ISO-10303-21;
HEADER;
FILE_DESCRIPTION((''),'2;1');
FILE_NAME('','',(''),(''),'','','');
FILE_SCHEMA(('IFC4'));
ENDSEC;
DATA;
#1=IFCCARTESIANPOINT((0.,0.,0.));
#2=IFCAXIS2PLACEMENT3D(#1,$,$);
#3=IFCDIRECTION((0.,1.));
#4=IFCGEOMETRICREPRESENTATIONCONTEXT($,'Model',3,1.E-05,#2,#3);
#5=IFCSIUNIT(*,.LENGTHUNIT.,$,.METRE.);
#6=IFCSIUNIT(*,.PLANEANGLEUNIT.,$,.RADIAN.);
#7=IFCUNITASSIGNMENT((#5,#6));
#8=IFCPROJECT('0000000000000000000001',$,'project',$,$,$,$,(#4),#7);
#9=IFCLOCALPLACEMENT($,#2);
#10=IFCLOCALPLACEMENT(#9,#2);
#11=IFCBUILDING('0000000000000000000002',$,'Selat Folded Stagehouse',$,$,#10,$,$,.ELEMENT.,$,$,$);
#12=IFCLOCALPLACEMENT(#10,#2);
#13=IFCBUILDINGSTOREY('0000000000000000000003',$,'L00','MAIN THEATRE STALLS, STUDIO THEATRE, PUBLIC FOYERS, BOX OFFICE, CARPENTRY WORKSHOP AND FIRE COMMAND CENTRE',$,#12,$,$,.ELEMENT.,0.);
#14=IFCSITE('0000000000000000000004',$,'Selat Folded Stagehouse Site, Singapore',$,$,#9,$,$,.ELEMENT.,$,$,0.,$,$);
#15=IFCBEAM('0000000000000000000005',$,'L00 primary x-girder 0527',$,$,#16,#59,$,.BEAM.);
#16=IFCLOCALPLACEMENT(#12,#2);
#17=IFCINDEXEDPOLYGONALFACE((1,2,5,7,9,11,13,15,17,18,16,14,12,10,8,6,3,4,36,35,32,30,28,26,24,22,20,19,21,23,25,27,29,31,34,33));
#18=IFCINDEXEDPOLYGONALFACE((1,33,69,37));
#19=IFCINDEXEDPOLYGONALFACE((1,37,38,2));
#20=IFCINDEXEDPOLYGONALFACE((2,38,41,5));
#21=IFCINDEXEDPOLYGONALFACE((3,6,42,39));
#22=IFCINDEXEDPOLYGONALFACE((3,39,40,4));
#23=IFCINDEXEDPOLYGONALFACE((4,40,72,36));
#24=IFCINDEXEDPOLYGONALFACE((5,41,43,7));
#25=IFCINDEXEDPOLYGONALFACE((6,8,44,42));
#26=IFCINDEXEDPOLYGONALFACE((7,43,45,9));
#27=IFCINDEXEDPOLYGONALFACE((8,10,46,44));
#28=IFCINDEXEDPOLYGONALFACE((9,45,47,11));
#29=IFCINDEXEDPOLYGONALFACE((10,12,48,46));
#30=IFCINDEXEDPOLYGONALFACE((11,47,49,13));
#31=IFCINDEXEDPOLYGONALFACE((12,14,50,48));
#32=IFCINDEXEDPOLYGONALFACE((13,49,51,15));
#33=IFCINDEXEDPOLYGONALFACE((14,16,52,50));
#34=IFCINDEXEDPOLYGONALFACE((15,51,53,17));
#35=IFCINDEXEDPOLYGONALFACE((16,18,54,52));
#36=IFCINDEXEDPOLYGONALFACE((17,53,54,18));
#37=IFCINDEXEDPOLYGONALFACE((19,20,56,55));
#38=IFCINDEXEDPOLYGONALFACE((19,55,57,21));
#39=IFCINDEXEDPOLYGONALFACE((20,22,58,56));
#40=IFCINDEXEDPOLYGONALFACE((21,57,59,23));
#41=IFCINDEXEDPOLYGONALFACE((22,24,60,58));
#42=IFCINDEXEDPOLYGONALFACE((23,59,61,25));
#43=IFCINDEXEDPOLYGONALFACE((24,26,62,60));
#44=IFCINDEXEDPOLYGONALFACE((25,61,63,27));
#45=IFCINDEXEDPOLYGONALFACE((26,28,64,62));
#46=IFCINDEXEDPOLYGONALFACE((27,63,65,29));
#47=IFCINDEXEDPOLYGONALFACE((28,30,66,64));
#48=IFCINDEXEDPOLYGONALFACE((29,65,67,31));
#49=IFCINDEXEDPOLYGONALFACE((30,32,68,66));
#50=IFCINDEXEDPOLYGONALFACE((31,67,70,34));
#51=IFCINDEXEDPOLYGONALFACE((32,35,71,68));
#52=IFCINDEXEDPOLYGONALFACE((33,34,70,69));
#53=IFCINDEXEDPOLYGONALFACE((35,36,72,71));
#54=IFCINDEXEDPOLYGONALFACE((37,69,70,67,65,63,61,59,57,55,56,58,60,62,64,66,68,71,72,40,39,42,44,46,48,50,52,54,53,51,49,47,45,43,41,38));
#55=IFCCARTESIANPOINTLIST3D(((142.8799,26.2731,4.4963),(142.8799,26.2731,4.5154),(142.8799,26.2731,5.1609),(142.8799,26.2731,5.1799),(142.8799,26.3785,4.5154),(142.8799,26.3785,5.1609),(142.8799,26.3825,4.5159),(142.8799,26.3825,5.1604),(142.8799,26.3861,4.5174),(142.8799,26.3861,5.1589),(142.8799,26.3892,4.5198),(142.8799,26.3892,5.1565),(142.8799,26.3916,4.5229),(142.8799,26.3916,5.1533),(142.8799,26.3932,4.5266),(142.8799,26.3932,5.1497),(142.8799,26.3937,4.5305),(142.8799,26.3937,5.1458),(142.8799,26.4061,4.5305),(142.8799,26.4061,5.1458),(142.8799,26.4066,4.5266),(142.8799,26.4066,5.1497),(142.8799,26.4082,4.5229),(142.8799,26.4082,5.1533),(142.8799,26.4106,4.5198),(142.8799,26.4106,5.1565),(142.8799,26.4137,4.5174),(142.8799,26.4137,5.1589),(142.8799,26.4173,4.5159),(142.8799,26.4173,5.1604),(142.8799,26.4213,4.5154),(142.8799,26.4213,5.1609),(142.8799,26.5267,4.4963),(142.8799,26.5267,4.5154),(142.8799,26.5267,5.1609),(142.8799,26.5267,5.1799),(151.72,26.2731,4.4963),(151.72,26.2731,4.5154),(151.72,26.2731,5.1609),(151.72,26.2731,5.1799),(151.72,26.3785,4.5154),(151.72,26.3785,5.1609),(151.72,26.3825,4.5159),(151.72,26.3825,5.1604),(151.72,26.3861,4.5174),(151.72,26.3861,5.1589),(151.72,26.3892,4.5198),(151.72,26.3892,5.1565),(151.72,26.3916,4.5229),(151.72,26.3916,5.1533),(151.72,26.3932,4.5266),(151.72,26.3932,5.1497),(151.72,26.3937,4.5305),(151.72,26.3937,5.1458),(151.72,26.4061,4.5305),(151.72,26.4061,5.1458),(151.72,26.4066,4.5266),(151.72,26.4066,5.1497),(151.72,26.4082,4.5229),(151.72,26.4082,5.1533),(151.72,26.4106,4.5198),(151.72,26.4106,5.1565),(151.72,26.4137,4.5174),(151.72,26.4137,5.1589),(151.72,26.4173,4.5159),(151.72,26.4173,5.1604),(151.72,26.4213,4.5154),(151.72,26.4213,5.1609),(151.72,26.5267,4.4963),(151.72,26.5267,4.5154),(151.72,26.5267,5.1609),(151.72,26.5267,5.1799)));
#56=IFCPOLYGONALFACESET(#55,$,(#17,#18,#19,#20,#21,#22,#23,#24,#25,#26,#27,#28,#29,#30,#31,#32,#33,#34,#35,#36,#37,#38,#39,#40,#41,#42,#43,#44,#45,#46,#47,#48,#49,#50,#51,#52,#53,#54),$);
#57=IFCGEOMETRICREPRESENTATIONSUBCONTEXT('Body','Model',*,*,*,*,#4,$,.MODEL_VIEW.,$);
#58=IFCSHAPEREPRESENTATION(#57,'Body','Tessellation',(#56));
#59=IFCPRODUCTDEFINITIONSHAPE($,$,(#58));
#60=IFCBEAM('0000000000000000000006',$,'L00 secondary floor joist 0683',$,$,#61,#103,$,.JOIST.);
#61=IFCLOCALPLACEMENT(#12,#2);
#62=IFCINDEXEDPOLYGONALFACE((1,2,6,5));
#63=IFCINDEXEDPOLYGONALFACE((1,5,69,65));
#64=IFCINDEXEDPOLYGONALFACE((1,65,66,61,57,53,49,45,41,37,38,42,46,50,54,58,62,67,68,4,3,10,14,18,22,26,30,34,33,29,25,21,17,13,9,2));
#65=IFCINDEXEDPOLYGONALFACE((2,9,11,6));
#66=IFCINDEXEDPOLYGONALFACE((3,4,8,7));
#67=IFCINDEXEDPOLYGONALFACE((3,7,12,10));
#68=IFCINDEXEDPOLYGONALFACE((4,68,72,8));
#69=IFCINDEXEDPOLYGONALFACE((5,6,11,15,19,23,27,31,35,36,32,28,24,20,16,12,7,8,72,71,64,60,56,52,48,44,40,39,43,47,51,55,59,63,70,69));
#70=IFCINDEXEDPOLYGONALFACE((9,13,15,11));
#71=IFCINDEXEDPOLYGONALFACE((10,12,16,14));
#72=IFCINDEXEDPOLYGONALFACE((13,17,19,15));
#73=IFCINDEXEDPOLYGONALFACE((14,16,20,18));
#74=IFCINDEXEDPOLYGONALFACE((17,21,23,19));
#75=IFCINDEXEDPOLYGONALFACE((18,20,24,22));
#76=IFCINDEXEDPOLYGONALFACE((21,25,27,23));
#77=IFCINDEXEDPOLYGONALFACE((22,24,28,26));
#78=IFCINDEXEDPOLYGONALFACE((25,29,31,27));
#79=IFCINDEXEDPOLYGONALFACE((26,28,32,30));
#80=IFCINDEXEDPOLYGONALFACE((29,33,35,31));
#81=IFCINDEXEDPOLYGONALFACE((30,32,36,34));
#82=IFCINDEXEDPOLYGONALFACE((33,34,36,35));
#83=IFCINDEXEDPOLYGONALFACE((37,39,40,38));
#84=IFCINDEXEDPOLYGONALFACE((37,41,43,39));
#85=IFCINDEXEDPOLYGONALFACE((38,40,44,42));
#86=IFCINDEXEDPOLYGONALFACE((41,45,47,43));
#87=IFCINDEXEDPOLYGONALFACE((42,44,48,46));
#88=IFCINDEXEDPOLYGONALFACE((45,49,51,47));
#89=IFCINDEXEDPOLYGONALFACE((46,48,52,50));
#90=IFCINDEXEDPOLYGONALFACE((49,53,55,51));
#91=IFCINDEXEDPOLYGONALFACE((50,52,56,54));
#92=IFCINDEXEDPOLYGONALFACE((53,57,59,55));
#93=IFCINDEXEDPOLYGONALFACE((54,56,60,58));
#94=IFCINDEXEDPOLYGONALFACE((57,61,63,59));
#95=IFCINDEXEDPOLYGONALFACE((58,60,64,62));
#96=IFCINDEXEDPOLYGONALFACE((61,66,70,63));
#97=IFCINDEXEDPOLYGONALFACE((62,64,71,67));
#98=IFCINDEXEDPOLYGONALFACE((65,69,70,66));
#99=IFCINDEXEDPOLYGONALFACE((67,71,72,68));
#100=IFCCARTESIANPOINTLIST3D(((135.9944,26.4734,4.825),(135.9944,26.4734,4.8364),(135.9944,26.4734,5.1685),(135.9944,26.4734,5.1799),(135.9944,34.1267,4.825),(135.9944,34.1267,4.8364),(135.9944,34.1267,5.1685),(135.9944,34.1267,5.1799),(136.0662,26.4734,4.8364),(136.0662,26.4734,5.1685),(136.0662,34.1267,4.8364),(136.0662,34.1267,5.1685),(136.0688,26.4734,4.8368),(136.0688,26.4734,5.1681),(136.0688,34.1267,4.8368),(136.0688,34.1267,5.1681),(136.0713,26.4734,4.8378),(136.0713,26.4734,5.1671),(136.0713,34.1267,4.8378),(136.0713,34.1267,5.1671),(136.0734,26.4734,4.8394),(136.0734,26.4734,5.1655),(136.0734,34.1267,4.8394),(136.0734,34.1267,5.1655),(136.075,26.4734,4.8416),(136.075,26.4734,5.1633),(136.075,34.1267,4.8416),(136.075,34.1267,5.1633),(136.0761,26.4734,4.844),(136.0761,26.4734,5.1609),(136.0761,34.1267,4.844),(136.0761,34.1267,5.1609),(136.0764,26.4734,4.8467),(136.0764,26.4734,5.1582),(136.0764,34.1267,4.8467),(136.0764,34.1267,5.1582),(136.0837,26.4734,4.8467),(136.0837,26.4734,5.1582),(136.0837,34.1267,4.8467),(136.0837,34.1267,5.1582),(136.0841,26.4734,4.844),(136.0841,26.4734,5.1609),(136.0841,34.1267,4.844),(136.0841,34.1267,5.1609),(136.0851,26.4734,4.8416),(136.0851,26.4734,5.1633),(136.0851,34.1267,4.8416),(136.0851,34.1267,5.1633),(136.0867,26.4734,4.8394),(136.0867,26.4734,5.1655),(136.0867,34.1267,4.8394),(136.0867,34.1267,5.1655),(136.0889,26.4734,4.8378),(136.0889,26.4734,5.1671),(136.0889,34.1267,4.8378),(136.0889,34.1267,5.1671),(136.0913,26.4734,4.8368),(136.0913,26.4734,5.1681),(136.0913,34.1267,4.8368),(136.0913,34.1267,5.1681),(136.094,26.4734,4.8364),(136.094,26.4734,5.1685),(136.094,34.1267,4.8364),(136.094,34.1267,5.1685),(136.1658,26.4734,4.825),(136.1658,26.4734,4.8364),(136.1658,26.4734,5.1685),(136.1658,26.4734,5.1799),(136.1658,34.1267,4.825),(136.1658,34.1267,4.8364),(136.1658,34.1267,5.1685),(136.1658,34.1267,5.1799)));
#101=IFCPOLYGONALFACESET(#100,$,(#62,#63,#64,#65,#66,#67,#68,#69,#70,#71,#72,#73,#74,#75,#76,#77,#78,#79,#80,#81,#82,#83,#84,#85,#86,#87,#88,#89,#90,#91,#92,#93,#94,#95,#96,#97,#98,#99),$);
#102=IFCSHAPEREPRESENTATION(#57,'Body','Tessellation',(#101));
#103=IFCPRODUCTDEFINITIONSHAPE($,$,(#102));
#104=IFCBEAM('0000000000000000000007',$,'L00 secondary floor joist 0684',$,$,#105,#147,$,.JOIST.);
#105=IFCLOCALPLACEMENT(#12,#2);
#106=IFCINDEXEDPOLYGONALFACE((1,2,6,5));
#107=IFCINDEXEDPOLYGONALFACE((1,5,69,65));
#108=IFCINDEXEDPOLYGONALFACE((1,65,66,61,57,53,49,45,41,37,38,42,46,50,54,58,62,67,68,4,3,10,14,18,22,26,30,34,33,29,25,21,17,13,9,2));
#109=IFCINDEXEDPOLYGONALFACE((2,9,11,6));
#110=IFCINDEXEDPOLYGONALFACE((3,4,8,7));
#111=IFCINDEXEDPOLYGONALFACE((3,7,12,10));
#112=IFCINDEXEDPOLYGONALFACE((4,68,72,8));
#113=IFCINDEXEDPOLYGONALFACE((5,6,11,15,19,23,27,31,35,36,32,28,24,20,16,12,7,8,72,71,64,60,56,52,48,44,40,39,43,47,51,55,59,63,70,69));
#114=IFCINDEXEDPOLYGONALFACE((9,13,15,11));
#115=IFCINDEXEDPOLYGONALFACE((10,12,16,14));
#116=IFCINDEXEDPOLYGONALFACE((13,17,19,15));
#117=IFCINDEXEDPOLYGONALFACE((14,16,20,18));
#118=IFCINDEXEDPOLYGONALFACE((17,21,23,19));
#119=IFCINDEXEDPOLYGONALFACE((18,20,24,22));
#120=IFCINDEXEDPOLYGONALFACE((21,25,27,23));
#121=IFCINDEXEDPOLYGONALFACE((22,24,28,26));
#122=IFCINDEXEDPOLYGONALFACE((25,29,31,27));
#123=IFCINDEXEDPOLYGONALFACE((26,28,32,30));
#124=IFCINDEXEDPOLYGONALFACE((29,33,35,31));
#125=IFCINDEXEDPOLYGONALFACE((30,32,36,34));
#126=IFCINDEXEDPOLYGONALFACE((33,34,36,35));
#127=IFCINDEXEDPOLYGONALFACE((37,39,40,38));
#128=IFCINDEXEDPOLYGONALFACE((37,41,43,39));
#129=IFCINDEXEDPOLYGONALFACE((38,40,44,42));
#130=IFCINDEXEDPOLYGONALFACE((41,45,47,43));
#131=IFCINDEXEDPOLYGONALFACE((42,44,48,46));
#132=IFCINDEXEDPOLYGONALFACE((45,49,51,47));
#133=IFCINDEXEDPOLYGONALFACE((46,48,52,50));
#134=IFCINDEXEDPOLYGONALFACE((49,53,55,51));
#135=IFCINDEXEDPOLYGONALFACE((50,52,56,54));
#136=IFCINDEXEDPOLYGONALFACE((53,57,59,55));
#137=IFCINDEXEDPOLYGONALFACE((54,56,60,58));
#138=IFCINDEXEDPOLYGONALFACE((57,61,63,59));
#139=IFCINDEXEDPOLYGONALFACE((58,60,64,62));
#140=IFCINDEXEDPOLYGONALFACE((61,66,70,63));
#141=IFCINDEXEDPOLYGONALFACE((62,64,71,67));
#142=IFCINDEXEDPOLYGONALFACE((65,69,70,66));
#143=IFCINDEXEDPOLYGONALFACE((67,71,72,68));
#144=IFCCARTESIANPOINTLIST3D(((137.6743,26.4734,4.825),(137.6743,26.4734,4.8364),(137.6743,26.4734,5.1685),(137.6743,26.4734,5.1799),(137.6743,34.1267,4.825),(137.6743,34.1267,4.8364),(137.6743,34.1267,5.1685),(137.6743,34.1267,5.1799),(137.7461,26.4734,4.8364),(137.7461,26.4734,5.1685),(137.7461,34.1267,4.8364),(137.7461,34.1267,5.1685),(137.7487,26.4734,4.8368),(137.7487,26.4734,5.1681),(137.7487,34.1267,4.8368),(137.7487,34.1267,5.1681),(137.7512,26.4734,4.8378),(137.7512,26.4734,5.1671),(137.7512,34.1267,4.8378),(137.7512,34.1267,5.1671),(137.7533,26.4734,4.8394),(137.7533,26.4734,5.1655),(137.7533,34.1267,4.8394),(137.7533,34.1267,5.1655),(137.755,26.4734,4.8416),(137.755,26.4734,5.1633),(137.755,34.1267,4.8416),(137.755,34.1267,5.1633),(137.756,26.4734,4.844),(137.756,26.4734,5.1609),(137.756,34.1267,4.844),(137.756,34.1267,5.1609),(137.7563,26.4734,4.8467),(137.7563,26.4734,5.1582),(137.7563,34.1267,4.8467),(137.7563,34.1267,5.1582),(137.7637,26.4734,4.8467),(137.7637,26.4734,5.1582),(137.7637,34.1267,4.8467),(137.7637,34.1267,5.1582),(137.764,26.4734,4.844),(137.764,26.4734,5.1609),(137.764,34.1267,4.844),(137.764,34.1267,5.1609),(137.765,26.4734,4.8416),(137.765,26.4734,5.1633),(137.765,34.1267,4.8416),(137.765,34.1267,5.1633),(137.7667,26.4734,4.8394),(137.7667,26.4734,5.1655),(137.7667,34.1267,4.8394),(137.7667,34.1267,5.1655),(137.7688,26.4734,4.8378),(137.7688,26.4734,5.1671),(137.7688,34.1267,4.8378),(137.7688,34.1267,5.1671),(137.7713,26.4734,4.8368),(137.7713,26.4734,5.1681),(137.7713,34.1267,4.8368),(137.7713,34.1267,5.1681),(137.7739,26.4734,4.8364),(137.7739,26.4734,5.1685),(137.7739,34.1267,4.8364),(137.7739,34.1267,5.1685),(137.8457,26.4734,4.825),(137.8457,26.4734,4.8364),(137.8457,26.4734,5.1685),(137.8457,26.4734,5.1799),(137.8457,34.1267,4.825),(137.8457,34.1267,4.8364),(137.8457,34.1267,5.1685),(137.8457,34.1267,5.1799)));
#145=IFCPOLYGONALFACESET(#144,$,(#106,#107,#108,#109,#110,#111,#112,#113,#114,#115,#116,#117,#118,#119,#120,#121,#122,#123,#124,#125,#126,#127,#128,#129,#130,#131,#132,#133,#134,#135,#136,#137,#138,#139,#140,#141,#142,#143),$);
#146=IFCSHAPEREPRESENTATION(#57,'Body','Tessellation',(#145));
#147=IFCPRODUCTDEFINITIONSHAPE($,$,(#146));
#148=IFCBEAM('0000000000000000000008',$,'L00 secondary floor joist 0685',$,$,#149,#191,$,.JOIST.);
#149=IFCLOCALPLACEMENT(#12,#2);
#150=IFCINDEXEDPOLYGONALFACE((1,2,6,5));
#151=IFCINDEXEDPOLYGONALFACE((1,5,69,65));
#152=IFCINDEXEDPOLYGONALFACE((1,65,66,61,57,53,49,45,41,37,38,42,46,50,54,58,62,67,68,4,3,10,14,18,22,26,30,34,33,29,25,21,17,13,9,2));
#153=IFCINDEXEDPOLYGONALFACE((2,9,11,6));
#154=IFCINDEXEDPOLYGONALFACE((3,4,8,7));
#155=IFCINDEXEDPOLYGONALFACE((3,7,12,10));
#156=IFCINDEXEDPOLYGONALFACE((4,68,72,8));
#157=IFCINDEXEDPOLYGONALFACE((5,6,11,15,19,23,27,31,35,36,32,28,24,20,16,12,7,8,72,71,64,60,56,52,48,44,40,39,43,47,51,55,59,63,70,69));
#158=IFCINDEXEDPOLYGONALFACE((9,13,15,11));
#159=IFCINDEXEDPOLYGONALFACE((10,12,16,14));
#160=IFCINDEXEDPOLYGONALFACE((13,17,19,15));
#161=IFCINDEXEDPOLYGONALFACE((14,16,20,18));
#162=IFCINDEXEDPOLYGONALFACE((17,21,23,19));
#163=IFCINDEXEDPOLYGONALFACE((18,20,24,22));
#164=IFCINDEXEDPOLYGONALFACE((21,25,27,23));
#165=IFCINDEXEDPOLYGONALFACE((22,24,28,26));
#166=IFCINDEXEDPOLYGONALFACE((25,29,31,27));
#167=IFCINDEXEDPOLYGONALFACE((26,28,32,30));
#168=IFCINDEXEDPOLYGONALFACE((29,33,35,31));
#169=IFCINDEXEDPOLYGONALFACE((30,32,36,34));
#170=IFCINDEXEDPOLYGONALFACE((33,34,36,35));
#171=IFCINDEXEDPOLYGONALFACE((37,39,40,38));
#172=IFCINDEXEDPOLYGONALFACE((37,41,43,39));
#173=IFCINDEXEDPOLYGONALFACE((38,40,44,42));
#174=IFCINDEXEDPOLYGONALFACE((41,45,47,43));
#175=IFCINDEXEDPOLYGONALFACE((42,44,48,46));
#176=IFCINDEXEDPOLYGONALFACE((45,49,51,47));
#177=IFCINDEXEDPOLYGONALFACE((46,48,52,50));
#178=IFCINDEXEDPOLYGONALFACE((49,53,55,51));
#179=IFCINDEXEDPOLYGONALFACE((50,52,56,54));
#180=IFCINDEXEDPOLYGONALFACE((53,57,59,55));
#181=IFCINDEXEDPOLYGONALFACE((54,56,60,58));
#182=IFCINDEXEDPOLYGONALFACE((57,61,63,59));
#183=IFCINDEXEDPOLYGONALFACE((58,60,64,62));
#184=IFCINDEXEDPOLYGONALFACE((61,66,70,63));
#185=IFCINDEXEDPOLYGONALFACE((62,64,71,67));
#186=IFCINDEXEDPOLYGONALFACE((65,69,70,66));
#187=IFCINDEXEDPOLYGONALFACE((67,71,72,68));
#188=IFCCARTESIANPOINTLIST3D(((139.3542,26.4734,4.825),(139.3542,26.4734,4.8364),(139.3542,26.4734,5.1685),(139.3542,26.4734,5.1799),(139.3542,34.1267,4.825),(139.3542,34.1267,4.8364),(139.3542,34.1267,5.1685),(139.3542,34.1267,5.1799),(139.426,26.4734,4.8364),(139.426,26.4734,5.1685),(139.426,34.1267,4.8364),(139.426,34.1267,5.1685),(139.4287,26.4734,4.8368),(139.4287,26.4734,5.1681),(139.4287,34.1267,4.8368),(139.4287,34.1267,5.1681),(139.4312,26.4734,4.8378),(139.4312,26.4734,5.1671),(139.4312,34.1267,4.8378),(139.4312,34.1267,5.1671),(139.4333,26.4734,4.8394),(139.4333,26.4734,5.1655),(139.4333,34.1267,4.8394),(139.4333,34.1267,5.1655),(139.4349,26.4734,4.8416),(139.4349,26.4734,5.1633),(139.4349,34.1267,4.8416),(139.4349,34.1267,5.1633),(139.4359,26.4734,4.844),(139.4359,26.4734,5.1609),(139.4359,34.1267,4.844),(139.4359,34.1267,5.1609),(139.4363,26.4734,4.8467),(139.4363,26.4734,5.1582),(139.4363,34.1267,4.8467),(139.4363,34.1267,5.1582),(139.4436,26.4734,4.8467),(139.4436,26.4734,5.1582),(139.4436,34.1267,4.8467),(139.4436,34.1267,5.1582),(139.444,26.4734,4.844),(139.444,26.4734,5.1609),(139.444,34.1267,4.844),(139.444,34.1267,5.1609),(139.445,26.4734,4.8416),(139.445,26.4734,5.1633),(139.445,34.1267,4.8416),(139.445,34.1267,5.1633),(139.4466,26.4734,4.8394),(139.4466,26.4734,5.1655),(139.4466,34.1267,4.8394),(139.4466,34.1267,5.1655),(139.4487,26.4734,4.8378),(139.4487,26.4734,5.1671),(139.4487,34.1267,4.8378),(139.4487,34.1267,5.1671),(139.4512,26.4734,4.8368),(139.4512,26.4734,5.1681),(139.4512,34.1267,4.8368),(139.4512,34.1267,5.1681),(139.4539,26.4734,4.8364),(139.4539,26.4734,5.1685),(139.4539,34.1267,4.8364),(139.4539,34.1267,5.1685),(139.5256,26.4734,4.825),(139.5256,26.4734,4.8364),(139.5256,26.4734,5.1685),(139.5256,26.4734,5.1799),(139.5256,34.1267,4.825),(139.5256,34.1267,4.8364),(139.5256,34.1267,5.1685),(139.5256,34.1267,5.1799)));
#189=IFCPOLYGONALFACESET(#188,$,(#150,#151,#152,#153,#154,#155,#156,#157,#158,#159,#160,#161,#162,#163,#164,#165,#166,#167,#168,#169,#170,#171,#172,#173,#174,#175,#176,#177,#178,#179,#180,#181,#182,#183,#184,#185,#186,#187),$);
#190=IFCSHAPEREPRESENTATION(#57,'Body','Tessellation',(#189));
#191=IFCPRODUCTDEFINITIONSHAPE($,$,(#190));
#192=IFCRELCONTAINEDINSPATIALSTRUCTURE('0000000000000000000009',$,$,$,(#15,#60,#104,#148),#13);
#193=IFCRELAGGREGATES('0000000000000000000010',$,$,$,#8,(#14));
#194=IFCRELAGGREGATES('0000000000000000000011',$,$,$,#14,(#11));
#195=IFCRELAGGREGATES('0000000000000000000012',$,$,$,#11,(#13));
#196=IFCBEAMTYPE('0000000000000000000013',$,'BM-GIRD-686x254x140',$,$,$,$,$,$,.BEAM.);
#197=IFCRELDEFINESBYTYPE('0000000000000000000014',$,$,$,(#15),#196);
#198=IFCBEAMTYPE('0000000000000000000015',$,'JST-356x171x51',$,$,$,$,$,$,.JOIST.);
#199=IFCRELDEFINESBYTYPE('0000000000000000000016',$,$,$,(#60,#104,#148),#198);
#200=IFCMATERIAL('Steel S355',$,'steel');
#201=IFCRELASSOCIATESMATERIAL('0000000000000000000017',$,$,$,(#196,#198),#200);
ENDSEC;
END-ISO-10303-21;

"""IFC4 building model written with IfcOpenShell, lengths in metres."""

from ifc_helpers import new_model, si_unit, direction, frame, origin, origin_2d, place, context, subcontext, project, spatial, i_section, extrude, material, material_profile, profile_set, type_object, element, save


model = new_model("IFC4")

# Units and contexts
model_context = context("Model", 3, precision=1e-05, world=origin(), true_north=direction((0.0, 1.0)))
body_context = subcontext(model_context, "Body", "Model", "MODEL_VIEW")
ifc_project = project(units=[si_unit("LENGTHUNIT", "METRE"), si_unit("PLANEANGLEUNIT", "RADIAN")], contexts=[model_context])

# Site, building, storey
site_placement = place(None, origin())
site = spatial("IfcSite", under=ifc_project, at=site_placement, Name="Selat Folded Stagehouse Site, Singapore", CompositionType="ELEMENT", RefElevation=0.0)
building_placement = place(site_placement, origin())
building = spatial("IfcBuilding", under=site, at=building_placement, Name="Selat Folded Stagehouse", CompositionType="ELEMENT")
storey_placement = place(building_placement, origin())
storey = spatial("IfcBuildingStorey", under=building, at=storey_placement, Name="L00", Description="MAIN THEATRE STALLS, STUDIO THEATRE, PUBLIC FOYERS, BOX OFFICE, CARPENTRY WORKSHOP AND FIRE COMMAND CENTRE", CompositionType="ELEMENT", Elevation=0.0)

# Shared definitions
ifc_material_1 = material(Name="Steel S355", Category="steel")

# Beams
ifc_material_profile_1 = material_profile(ifc_material_1, i_section(OverallWidth=0.2537, OverallDepth=0.6836, WebThickness=0.0125, FlangeThickness=0.019, FilletRadius=0.0151, at=origin_2d()), Name="UKB 686x254x140")
ifc_profile_set_1 = profile_set([ifc_material_profile_1], Name="Steel S355")
beam_type_1 = type_object("IfcBeamType", Name="BM-GIRD-686x254x140", PredefinedType="BEAM", material=ifc_profile_set_1)
beam_1_placement = place(storey_placement, frame((142.8799, 26.3999, 4.8381), z_axis=(1.0, 0.0, 0.0), x_axis=(0.0, 1.0, 0.0)))
element("IfcBeam", 1, at=beam_1_placement, inside=storey, type_object=beam_type_1, Name="L00 primary x-girder 0527", PredefinedType="BEAM", context=body_context, shape_type="SweptSolid", body=[
    extrude(i_section(OverallWidth=0.2537, OverallDepth=0.6836, WebThickness=0.0125, FlangeThickness=0.019, FilletRadius=0.0151, at=origin_2d()), origin(), (0.0, 0.0, 1.0), 8.8401),
])
ifc_material_profile_2 = material_profile(ifc_material_1, i_section(OverallWidth=0.1714, OverallDepth=0.355, WebThickness=0.0073, FlangeThickness=0.0115, FilletRadius=0.0103, at=origin_2d()), Name="UKB 356x171x51")
ifc_profile_set_2 = profile_set([ifc_material_profile_2], Name="Steel S355")
beam_type_2 = type_object("IfcBeamType", Name="JST-356x171x51", PredefinedType="JOIST", material=ifc_profile_set_2)
for number, where, z_axis, x_axis, name in (
    (2, (136.0801, 26.4734, 5.0024), (0.0, 1.0, 0.0), (-1.0, 0.0, 0.0), "L00 secondary floor joist 0683"),
    (3, (137.76, 26.4734, 5.0024), (0.0, 1.0, 0.0), (-1.0, 0.0, 0.0), "L00 secondary floor joist 0684"),
    (4, (139.4399, 26.4734, 5.0024), (0.0, 1.0, 0.0), (-1.0, 0.0, 0.0), "L00 secondary floor joist 0685"),
):
    element("IfcBeam", number, at=place(storey_placement, frame(where, z_axis=z_axis, x_axis=x_axis)), inside=storey, type_object=beam_type_2, Name=name, PredefinedType="JOIST", context=body_context, shape_type="SweptSolid", body=[
        extrude(i_section(OverallWidth=0.1714, OverallDepth=0.355, WebThickness=0.0073, FlangeThickness=0.0115, FilletRadius=0.0103, at=origin_2d()), origin(), (0.0, 0.0, 1.0), 7.6533),
    ])

save(model, "model.ifc")
